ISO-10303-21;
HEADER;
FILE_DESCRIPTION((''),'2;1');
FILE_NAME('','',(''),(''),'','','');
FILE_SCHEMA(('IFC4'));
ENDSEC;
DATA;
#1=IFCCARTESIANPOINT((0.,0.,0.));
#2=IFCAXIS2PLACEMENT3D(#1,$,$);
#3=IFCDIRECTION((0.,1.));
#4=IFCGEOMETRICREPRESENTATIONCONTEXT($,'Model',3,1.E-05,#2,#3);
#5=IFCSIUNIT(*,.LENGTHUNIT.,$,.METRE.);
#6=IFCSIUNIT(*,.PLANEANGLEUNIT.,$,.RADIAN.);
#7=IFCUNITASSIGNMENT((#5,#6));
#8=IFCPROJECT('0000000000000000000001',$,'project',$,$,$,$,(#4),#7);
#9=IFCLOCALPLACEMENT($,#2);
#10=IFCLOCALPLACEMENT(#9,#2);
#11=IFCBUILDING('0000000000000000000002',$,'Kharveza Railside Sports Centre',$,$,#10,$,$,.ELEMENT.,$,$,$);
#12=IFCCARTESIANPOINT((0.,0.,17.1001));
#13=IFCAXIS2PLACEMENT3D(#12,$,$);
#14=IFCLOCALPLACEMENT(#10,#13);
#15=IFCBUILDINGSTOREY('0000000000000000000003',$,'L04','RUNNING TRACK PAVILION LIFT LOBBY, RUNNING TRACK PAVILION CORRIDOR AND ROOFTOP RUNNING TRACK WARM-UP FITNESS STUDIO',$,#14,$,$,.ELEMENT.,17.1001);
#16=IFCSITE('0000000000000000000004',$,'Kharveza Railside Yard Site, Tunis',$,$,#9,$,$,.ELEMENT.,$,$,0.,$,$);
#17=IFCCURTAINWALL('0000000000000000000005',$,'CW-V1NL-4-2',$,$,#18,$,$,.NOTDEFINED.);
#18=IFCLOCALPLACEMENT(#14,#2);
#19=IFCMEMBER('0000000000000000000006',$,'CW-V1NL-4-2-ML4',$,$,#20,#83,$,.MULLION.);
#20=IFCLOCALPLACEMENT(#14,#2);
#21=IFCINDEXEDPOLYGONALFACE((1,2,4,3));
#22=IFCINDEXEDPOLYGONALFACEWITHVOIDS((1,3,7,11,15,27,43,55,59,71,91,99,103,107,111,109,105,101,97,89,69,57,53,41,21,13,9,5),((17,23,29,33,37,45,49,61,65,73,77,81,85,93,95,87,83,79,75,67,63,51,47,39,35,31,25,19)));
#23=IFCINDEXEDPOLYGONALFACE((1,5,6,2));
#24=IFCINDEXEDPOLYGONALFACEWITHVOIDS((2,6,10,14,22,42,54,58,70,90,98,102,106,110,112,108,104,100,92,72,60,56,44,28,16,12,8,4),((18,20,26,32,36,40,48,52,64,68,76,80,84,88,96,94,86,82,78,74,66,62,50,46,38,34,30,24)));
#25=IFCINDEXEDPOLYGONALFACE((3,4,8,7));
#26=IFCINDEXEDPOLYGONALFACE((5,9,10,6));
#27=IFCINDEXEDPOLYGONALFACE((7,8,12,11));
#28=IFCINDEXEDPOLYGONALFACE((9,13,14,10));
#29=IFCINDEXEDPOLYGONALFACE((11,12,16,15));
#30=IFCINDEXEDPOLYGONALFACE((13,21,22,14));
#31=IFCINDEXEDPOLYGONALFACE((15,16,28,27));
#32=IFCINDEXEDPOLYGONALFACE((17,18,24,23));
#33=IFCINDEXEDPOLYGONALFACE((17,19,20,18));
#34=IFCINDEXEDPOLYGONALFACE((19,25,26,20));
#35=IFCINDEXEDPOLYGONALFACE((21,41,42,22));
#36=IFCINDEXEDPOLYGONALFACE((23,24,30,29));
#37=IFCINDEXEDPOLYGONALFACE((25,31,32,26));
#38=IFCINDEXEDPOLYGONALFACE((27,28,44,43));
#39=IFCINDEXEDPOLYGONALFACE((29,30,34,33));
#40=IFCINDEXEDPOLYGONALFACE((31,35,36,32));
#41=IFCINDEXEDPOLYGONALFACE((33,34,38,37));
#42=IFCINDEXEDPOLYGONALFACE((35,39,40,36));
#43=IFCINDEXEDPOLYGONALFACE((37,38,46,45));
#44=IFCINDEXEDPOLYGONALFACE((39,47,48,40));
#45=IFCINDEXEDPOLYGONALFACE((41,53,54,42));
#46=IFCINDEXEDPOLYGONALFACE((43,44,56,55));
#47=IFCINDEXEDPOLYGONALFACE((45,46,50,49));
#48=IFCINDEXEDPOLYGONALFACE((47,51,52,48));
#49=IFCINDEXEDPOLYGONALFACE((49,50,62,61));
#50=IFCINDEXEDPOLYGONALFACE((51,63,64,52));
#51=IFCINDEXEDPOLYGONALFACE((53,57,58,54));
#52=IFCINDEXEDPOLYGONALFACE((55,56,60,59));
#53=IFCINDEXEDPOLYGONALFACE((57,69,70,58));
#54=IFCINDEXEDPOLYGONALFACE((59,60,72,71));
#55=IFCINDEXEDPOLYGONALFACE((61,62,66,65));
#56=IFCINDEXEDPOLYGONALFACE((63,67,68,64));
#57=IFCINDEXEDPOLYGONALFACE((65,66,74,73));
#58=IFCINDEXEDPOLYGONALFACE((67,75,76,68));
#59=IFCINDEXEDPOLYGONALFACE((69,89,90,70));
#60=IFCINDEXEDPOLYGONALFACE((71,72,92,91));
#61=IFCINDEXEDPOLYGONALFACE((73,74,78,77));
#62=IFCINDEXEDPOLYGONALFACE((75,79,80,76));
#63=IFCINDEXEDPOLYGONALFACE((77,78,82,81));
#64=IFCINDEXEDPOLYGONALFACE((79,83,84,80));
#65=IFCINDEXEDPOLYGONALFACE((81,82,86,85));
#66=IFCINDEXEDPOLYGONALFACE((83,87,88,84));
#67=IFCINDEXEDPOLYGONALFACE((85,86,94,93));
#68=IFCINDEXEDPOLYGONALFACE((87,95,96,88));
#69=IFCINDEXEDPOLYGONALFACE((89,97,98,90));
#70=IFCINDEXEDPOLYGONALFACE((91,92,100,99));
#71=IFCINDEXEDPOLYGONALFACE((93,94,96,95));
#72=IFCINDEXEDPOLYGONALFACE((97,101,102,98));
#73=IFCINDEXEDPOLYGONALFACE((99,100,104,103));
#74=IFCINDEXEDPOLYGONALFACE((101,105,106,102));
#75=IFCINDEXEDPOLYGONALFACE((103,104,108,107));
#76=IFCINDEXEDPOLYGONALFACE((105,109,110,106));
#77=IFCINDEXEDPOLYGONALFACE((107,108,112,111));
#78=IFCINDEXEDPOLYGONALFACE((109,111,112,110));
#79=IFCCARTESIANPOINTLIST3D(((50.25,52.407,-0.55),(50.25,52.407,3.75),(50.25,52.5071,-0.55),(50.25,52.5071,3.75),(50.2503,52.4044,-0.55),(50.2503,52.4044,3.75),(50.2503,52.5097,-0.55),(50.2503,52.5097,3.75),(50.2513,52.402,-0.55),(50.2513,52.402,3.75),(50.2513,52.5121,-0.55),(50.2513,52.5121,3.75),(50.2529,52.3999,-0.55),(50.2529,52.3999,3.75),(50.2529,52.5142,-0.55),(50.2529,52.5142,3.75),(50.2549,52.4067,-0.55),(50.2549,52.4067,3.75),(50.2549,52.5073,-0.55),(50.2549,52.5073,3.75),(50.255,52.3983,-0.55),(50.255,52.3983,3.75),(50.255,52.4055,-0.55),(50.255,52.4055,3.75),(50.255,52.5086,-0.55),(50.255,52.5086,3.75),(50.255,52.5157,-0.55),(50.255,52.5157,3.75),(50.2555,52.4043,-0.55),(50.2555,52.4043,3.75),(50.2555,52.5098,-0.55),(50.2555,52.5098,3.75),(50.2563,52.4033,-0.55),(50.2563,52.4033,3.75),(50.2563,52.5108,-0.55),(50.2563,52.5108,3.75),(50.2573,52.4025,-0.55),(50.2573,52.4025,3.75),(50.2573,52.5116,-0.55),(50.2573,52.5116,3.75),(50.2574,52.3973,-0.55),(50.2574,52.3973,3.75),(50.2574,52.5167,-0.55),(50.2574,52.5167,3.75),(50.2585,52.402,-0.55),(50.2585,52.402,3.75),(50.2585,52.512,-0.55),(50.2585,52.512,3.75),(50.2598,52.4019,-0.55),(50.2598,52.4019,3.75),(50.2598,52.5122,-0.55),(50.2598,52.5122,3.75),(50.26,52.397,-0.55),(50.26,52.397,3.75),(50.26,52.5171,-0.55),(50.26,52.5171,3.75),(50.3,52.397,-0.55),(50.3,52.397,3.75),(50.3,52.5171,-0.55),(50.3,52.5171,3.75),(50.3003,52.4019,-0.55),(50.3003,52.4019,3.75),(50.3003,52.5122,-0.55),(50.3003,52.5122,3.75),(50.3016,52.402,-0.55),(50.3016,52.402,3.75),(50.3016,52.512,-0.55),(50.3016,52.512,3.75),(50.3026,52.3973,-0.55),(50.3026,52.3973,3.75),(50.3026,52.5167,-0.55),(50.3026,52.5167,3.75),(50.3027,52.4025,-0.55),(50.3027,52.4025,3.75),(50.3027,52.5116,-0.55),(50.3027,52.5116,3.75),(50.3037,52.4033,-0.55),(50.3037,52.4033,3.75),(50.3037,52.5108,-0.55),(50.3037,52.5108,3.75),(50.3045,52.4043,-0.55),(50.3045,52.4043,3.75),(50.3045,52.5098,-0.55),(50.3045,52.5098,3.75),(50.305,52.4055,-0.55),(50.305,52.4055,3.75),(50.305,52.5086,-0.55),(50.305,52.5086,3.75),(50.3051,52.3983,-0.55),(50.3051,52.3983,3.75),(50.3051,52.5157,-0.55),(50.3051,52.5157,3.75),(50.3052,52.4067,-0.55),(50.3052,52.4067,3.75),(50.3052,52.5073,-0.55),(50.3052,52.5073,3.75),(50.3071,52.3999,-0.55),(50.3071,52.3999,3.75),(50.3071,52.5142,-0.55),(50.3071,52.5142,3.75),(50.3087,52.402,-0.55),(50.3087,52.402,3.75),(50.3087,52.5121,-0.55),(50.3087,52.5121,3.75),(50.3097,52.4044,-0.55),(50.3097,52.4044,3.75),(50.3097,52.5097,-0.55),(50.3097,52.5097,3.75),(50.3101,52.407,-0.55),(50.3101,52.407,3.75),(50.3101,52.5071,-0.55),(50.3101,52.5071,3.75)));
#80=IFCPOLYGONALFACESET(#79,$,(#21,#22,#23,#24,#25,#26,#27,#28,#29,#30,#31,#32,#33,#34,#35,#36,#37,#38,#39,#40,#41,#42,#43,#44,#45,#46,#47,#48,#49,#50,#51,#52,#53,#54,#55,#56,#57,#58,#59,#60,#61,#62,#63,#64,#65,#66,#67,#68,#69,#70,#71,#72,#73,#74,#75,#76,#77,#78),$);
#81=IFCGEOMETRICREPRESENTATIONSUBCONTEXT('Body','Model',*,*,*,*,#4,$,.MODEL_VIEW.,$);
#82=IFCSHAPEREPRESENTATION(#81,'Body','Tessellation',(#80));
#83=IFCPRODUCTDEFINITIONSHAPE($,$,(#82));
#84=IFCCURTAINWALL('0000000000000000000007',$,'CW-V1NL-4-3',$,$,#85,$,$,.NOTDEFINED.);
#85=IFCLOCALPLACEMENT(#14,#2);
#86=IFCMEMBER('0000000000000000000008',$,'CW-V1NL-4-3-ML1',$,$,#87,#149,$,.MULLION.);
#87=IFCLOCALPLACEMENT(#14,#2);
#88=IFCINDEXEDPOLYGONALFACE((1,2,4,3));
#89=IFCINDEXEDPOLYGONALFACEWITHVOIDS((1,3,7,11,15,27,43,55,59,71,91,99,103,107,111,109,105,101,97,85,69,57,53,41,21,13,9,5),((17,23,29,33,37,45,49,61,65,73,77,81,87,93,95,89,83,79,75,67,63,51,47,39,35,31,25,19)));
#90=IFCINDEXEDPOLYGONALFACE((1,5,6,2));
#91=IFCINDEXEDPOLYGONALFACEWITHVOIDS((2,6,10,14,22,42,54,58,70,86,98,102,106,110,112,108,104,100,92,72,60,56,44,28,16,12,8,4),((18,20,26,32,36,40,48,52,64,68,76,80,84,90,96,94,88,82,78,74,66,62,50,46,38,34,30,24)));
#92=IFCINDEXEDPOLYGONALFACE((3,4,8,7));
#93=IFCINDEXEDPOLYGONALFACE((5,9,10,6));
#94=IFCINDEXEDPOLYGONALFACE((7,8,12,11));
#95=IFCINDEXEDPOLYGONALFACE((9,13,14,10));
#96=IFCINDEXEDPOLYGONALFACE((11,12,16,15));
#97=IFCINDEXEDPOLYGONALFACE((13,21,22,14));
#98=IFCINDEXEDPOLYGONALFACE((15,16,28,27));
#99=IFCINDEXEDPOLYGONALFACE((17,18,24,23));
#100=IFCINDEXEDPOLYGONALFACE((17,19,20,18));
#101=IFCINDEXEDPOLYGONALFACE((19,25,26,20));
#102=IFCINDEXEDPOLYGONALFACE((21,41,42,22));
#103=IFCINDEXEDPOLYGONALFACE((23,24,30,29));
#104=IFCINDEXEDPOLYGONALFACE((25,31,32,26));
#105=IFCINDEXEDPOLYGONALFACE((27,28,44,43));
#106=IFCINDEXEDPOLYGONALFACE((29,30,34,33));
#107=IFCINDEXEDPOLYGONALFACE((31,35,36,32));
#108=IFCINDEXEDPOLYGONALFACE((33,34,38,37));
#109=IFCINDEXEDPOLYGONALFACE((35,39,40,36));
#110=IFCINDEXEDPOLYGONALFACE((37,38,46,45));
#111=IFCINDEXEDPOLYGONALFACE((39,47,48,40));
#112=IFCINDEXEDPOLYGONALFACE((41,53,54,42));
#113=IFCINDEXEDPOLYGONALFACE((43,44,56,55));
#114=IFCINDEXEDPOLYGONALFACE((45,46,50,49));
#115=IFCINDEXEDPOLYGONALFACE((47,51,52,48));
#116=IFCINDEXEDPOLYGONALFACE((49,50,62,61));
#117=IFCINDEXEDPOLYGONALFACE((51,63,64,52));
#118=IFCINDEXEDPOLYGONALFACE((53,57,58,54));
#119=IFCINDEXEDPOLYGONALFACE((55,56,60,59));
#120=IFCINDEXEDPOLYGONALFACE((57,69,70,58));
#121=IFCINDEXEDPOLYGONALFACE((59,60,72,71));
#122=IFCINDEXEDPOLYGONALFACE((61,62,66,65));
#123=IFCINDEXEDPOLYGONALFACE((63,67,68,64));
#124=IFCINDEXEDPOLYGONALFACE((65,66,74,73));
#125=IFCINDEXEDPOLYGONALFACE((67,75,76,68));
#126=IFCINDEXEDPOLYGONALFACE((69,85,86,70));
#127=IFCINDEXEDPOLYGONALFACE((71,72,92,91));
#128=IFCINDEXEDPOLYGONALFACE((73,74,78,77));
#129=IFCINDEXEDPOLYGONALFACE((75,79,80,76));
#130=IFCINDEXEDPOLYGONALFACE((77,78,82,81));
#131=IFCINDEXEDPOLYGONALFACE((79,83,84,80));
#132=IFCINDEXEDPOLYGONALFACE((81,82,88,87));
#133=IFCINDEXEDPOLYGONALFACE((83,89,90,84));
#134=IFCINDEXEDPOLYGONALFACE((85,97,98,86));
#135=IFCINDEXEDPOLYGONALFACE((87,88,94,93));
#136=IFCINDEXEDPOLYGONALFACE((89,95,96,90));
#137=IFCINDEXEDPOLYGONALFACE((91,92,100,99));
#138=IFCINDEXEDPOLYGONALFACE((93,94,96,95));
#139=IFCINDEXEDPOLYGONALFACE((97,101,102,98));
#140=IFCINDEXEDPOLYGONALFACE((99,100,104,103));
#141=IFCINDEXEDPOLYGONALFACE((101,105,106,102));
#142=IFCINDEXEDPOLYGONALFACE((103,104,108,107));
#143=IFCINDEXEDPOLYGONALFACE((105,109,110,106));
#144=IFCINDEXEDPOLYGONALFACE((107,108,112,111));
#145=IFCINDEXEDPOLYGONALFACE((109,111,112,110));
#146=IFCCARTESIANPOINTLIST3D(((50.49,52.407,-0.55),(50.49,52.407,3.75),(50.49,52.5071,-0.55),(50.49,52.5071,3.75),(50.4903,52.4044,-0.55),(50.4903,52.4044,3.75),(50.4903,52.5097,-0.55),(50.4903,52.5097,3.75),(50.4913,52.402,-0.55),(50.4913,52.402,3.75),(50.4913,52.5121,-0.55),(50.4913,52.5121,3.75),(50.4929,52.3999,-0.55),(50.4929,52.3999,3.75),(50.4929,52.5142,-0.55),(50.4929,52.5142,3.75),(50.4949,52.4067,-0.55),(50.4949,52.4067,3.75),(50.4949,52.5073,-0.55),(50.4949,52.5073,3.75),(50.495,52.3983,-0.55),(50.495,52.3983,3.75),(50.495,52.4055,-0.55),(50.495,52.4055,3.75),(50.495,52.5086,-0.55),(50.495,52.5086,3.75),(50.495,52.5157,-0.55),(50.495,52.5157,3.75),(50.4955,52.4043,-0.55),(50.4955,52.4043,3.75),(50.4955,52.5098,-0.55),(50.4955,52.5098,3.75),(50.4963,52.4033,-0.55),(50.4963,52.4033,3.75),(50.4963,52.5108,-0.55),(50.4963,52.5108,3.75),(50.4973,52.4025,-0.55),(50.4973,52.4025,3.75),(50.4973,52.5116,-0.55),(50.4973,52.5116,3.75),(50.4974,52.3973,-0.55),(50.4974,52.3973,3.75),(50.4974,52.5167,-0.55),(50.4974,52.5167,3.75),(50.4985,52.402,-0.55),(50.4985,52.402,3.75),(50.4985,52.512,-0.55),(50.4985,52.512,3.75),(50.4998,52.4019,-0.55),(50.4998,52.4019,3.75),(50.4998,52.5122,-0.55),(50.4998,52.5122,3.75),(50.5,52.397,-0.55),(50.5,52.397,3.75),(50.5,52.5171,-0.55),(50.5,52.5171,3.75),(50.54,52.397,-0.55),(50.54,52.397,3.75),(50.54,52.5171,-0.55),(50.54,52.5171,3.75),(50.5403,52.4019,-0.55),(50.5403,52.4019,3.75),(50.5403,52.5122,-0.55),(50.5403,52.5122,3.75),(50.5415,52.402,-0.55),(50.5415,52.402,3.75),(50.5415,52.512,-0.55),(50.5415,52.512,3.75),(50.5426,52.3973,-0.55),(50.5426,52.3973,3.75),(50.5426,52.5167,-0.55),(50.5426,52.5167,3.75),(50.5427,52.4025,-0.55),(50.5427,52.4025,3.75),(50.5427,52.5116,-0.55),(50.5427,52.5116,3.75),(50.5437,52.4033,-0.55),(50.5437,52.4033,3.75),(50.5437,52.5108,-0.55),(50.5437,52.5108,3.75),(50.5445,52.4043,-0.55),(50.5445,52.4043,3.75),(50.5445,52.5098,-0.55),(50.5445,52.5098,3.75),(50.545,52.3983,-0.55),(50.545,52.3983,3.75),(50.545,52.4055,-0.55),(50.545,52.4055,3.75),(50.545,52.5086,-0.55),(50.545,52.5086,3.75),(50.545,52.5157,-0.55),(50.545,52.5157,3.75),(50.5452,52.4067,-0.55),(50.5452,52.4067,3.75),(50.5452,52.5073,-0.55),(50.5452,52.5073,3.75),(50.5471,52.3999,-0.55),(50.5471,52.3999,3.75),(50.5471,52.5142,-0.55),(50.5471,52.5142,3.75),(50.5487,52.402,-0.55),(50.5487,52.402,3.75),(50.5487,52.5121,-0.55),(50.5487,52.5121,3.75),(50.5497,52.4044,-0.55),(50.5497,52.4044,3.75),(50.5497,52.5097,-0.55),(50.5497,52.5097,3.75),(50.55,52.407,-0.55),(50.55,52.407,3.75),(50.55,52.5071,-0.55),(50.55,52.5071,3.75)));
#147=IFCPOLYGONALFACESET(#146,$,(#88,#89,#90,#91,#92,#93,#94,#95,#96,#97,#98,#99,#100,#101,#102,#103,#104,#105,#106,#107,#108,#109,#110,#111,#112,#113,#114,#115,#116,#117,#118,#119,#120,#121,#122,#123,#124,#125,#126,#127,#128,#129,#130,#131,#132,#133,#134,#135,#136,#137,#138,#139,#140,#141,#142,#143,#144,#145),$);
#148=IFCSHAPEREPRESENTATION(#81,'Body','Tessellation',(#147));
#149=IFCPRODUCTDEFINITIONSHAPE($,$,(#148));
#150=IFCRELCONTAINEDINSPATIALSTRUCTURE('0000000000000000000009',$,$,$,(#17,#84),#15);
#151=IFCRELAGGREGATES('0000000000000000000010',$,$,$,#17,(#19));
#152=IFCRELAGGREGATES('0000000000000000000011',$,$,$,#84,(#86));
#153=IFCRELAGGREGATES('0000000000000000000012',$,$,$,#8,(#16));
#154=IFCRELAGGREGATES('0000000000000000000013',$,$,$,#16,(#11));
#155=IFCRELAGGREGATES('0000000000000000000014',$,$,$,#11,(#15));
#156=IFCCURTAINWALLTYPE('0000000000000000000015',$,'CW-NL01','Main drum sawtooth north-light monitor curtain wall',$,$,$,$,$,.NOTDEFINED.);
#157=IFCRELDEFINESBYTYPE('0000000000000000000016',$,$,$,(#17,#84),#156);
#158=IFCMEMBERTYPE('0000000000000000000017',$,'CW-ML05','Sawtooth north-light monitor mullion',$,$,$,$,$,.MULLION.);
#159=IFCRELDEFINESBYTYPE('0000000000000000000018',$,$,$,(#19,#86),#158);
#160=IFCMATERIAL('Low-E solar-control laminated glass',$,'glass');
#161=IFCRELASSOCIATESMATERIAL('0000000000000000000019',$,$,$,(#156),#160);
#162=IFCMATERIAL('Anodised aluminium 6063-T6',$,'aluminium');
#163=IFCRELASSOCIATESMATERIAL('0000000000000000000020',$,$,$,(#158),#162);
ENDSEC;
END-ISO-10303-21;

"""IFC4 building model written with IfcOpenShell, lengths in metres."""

from ifc_helpers import new_model, si_unit, direction, frame, origin, origin_2d, place, context, subcontext, project, spatial, hollow_rectangle, extrude, material, material_profile, profile_set, type_object, element, aggregate, save


model = new_model("IFC4")

# Units and contexts
model_context = context("Model", 3, precision=1e-05, world=origin(), true_north=direction((0.0, 1.0)))
body_context = subcontext(model_context, "Body", "Model", "MODEL_VIEW")
ifc_project = project(units=[si_unit("LENGTHUNIT", "METRE"), si_unit("PLANEANGLEUNIT", "RADIAN")], contexts=[model_context])

# Site, building, storey
site_placement = place(None, origin())
site = spatial("IfcSite", under=ifc_project, at=site_placement, Name="Kharveza Railside Yard Site, Tunis", CompositionType="ELEMENT", RefElevation=0.0)
building_placement = place(site_placement, origin())
building = spatial("IfcBuilding", under=site, at=building_placement, Name="Kharveza Railside Sports Centre", CompositionType="ELEMENT")
storey_placement = place(building_placement, frame((0.0, 0.0, 17.1001)))
storey = spatial("IfcBuildingStorey", under=building, at=storey_placement, Name="L04", Description="RUNNING TRACK PAVILION LIFT LOBBY, RUNNING TRACK PAVILION CORRIDOR AND ROOFTOP RUNNING TRACK WARM-UP FITNESS STUDIO", CompositionType="ELEMENT", Elevation=17.1001)

# Shared definitions
ifc_material_1 = material(Name="Low-E solar-control laminated glass", Category="glass")
curtain_wall_type = type_object("IfcCurtainWallType", Name="CW-NL01", Description="Main drum sawtooth north-light monitor curtain wall", PredefinedType="NOTDEFINED", material=ifc_material_1)
ifc_material_2 = material(Name="Anodised aluminium 6063-T6", Category="aluminium")
ifc_material_profile_1 = material_profile(ifc_material_2, hollow_rectangle(XDim=0.0601, YDim=0.1201, WallThickness=0.0049, InnerFilletRadius=0.0049, OuterFilletRadius=0.01, at=origin_2d()), Name="RHS 60x120x5.0")
ifc_profile_set_1 = profile_set([ifc_material_profile_1], Name="Anodised aluminium 6063-T6")
member_type_1 = type_object("IfcMemberType", Name="CW-ML05", Description="Sawtooth north-light monitor mullion", PredefinedType="MULLION", material=ifc_profile_set_1)

# Curtain wall, member
curtain_wall_1_placement = place(storey_placement, origin())
curtain_wall_1 = element("IfcCurtainWall", 1, at=curtain_wall_1_placement, inside=storey, type_object=curtain_wall_type, Name="CW-V1NL-4-2", PredefinedType="NOTDEFINED")
member_1_placement = place(storey_placement, frame((50.28, 52.457, -0.55), z_axis=(0.0, 0.0, 1.0), x_axis=(1.0, 0.0, 0.0)))
member_1 = element("IfcMember", 2, at=member_1_placement, type_object=member_type_1, Name="CW-V1NL-4-2-ML4", PredefinedType="MULLION", context=body_context, shape_type="SweptSolid", body=[
    extrude(hollow_rectangle(XDim=0.0601, YDim=0.1201, WallThickness=0.0049, InnerFilletRadius=0.0049, OuterFilletRadius=0.01, at=origin_2d()), origin(), (0.0, 0.0, 1.0), 4.3),
])
aggregate(curtain_wall_1, [member_1])

# Curtain wall, member
curtain_wall_2_placement = place(storey_placement, origin())
curtain_wall_2 = element("IfcCurtainWall", 3, at=curtain_wall_2_placement, inside=storey, type_object=curtain_wall_type, Name="CW-V1NL-4-3", PredefinedType="NOTDEFINED")
member_2_placement = place(storey_placement, frame((50.52, 52.457, -0.55), z_axis=(0.0, 0.0, 1.0), x_axis=(1.0, 0.0, 0.0)))
member_2 = element("IfcMember", 4, at=member_2_placement, type_object=member_type_1, Name="CW-V1NL-4-3-ML1", PredefinedType="MULLION", context=body_context, shape_type="SweptSolid", body=[
    extrude(hollow_rectangle(XDim=0.0601, YDim=0.1201, WallThickness=0.0049, InnerFilletRadius=0.0049, OuterFilletRadius=0.01, at=origin_2d()), origin(), (0.0, 0.0, 1.0), 4.3),
])

aggregate(curtain_wall_2, [member_2])

save(model, "model.ifc")
